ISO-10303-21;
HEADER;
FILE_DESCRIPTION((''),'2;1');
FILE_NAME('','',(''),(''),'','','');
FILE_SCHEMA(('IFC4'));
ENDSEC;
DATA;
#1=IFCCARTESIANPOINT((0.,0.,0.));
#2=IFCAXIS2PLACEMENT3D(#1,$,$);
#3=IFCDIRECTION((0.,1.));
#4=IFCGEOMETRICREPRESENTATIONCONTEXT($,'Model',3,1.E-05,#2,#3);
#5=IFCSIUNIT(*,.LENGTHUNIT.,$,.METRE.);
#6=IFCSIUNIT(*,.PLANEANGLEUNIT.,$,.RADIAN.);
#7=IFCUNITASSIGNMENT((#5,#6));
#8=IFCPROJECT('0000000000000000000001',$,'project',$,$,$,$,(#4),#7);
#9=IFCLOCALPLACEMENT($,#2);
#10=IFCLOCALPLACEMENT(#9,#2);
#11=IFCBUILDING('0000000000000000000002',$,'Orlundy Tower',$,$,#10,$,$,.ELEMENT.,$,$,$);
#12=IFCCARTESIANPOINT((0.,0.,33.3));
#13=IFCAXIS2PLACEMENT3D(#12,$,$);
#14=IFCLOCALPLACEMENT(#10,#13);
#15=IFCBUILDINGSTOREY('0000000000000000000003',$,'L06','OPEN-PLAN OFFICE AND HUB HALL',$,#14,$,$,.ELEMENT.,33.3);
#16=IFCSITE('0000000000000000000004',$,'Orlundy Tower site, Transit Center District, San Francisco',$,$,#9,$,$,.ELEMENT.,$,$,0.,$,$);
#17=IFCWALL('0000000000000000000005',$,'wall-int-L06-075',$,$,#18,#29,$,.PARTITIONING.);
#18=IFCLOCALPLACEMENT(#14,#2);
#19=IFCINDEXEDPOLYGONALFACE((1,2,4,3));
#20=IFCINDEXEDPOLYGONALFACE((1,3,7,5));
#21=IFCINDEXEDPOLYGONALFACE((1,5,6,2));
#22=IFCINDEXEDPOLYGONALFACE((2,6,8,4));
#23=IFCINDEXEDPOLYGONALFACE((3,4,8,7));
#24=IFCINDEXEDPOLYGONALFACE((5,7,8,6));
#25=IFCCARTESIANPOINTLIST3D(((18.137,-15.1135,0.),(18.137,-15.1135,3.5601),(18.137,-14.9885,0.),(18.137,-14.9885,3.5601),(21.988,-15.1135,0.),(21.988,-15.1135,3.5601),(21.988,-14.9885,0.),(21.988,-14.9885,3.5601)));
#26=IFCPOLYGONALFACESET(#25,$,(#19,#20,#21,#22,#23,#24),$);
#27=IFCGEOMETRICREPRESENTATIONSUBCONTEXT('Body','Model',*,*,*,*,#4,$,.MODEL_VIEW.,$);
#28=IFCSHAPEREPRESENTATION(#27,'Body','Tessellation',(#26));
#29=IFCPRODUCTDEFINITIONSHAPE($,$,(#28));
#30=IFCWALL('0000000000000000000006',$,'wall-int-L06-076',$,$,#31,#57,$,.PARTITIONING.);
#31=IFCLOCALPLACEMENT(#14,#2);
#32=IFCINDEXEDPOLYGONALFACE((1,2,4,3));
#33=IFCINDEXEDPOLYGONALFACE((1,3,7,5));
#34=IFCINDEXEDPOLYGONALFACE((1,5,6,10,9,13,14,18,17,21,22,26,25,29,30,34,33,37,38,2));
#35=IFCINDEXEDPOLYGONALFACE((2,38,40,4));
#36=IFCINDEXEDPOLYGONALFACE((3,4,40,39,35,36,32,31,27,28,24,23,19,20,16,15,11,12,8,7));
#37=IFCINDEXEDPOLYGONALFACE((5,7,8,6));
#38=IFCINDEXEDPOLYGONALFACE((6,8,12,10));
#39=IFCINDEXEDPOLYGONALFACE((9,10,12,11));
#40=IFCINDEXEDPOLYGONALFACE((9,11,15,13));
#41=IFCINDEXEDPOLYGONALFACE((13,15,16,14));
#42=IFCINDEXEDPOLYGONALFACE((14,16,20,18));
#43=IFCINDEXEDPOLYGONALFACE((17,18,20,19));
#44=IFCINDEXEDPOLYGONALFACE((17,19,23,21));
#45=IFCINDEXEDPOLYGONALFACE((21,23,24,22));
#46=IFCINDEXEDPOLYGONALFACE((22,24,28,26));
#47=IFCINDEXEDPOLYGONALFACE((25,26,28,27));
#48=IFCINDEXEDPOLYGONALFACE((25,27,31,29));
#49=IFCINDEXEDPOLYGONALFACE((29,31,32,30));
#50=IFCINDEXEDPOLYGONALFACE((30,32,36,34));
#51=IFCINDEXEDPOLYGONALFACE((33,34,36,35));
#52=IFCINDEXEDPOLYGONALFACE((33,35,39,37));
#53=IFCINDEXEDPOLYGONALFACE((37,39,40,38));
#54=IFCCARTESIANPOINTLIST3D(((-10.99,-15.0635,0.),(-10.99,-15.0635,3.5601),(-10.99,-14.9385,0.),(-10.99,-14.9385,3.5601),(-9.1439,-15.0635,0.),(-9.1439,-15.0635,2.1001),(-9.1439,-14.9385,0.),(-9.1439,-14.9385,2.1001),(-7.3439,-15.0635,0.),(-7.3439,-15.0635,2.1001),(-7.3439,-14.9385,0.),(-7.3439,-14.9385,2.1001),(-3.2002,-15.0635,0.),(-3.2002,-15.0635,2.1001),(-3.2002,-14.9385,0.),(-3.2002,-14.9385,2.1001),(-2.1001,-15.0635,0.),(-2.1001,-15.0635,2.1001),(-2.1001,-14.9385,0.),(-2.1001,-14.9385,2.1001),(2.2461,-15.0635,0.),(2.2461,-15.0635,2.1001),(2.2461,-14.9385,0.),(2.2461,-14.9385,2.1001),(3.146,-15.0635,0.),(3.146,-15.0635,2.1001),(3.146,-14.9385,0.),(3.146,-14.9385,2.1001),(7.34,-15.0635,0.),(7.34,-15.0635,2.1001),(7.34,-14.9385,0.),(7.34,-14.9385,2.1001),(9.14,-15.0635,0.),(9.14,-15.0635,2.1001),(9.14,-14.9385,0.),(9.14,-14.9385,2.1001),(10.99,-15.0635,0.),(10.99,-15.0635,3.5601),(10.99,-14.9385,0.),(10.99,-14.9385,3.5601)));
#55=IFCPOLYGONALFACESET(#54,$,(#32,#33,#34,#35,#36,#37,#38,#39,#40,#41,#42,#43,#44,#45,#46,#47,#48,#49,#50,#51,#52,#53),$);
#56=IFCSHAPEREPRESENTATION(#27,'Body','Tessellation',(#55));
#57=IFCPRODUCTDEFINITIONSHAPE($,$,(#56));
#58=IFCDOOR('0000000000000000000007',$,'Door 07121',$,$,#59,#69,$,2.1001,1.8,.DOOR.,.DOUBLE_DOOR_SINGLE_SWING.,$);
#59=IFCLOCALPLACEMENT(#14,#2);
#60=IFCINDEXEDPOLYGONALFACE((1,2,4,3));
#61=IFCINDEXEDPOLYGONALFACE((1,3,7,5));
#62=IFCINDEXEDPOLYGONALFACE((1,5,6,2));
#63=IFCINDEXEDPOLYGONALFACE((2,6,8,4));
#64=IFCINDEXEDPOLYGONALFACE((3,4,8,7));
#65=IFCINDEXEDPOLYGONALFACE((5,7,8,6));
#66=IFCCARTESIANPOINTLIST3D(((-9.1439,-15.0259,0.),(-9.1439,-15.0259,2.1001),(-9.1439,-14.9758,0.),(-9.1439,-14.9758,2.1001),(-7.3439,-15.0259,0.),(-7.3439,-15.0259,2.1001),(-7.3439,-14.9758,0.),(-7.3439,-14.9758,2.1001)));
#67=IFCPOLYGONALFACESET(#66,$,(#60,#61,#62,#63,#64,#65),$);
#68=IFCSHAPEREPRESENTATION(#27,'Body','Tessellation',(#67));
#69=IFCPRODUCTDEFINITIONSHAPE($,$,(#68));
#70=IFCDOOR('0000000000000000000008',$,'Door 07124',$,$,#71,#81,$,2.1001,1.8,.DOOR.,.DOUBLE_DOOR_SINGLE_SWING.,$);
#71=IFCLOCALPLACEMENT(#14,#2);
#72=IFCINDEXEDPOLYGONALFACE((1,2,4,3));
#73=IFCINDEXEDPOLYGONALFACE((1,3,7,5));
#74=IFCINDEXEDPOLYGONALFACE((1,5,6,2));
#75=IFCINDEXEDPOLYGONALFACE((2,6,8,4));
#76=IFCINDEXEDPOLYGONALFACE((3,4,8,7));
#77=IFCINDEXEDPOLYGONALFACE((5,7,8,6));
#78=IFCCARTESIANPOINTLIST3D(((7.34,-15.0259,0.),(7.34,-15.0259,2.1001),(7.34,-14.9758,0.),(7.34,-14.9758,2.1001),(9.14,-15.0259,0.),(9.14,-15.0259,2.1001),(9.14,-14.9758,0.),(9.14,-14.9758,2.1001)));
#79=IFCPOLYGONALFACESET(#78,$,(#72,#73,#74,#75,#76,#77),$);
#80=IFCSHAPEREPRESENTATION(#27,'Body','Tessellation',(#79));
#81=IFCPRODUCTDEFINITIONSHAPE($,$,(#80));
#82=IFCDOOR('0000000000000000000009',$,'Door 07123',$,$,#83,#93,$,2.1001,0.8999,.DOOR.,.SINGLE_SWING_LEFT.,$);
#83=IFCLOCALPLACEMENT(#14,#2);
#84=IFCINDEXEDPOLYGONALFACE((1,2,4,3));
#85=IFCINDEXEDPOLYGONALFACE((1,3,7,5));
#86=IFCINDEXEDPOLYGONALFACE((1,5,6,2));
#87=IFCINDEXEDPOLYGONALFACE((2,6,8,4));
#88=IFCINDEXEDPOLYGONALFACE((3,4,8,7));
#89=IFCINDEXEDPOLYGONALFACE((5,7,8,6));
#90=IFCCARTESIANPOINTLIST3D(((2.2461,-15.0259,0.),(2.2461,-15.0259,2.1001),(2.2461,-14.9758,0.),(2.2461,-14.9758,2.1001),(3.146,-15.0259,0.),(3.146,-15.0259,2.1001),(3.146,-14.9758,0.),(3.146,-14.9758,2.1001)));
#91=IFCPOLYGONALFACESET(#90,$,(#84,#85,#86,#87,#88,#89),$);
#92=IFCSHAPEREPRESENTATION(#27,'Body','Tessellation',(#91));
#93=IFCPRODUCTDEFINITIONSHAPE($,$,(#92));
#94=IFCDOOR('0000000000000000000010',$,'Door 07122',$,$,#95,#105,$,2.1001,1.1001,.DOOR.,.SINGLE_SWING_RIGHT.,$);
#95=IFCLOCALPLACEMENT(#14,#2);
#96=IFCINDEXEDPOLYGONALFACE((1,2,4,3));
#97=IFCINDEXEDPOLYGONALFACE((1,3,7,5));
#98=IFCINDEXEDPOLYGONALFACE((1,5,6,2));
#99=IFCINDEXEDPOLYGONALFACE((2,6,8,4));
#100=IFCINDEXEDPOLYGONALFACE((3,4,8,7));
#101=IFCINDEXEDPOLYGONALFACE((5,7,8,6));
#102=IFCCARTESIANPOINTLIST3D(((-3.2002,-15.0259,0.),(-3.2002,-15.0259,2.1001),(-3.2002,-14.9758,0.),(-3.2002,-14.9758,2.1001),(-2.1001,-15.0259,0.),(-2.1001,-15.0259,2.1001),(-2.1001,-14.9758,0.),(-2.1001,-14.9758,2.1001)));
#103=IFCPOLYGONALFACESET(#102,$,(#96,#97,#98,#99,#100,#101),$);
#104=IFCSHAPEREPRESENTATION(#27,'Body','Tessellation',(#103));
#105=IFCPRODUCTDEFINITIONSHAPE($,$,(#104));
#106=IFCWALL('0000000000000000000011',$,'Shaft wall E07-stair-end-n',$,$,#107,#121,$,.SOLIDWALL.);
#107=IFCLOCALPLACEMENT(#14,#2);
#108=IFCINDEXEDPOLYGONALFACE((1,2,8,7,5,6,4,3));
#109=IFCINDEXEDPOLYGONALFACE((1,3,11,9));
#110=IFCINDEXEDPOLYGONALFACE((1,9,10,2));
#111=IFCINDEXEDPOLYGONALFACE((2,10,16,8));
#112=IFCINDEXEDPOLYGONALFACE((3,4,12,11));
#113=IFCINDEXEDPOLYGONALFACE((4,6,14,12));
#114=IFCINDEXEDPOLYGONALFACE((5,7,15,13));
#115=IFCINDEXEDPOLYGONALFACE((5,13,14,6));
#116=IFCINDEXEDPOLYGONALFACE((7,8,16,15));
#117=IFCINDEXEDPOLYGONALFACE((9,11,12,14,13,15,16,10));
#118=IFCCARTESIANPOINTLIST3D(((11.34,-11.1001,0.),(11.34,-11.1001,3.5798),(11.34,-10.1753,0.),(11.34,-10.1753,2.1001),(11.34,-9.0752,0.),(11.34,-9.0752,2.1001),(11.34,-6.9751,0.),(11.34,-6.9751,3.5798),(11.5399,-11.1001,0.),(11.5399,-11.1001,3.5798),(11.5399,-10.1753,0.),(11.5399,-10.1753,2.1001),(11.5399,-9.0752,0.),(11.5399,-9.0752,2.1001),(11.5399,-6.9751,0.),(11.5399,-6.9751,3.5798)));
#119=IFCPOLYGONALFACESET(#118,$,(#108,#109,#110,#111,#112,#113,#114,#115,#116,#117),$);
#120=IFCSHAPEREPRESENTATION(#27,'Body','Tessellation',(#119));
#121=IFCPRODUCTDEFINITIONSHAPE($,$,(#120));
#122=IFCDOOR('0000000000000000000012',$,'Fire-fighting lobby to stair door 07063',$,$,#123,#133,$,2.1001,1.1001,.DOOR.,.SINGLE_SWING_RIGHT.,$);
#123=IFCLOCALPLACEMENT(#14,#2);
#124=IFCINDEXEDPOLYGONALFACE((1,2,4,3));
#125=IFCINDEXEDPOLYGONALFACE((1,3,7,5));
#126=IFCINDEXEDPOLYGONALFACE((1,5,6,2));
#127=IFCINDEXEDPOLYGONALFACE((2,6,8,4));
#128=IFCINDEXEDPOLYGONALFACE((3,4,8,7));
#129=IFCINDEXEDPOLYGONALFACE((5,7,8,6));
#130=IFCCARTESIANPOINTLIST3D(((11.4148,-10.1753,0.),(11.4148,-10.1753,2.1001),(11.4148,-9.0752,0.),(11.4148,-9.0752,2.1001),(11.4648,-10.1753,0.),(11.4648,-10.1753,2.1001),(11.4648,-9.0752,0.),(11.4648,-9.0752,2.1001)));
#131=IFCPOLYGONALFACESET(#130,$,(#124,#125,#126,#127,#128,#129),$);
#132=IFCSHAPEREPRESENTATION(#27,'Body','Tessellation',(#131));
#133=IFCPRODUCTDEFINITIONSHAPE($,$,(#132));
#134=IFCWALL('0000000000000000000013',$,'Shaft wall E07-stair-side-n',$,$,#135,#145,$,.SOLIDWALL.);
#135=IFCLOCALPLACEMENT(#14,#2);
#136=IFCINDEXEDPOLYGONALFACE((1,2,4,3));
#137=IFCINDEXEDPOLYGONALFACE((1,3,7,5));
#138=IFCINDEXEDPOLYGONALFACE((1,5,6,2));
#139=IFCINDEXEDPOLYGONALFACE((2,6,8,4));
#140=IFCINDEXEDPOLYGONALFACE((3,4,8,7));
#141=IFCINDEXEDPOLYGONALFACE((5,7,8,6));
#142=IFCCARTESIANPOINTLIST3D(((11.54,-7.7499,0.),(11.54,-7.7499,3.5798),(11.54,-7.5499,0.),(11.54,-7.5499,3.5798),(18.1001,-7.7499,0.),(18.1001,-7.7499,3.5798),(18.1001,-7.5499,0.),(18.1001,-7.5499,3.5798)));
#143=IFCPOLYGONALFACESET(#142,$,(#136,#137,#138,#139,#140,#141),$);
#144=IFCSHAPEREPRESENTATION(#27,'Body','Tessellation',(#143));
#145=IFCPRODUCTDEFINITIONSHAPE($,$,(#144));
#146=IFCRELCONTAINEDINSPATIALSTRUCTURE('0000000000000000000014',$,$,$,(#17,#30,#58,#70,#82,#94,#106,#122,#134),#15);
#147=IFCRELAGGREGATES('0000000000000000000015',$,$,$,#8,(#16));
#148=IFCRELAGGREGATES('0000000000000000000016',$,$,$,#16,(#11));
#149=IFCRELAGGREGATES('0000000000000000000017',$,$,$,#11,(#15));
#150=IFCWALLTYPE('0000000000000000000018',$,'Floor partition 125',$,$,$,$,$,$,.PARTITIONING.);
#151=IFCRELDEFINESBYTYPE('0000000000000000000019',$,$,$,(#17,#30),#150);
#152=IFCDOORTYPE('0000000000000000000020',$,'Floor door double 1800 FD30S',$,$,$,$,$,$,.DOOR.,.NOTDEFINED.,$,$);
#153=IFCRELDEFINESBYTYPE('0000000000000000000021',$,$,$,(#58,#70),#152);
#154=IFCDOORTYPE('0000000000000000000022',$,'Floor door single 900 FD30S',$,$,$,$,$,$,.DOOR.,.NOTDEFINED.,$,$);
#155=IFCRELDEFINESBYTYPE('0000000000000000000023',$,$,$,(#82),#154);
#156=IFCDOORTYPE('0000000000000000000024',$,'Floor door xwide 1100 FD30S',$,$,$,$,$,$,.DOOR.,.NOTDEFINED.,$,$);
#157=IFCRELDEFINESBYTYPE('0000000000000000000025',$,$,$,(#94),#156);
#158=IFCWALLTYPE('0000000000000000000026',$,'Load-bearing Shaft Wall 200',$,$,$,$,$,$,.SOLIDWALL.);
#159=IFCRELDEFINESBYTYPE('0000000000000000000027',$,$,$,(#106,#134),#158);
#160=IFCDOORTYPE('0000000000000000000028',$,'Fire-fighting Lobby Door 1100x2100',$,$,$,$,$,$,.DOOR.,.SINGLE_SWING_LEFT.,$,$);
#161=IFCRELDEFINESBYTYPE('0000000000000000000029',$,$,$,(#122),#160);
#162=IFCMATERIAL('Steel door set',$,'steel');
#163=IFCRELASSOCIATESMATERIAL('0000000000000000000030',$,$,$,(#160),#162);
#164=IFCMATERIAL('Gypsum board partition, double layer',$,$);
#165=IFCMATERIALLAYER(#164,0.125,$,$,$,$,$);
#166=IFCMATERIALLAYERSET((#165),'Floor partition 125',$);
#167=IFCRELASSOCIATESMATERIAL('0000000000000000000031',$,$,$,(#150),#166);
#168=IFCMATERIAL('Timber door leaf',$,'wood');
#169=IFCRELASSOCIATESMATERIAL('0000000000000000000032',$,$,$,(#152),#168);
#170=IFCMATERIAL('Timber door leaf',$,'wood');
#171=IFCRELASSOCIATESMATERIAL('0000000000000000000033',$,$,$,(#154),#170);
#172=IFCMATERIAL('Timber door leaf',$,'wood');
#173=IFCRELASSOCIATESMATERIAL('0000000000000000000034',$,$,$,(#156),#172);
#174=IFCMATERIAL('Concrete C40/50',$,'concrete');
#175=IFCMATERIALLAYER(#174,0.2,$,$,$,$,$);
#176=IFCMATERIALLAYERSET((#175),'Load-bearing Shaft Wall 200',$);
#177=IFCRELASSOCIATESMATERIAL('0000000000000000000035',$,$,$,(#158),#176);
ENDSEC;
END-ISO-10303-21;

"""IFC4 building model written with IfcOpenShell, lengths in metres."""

from ifc_helpers import new_model, si_unit, direction, frame, frame_2d, origin, place, context, subcontext, project, spatial, rectangle, extrude, material, layer, layer_set, type_object, element, fill, save


model = new_model("IFC4")

# Units and contexts
model_context = context("Model", 3, precision=1e-05, world=origin(), true_north=direction((0.0, 1.0)))
body_context = subcontext(model_context, "Body", "Model", "MODEL_VIEW")
ifc_project = project(units=[si_unit("LENGTHUNIT", "METRE"), si_unit("PLANEANGLEUNIT", "RADIAN")], contexts=[model_context])

# Site, building, storey
site_placement = place(None, origin())
site = spatial("IfcSite", under=ifc_project, at=site_placement, Name="Orlundy Tower site, Transit Center District, San Francisco", CompositionType="ELEMENT", RefElevation=0.0)
building_placement = place(site_placement, origin())
building = spatial("IfcBuilding", under=site, at=building_placement, Name="Orlundy Tower", CompositionType="ELEMENT")
storey_placement = place(building_placement, frame((0.0, 0.0, 33.3)))
storey = spatial("IfcBuildingStorey", under=building, at=storey_placement, Name="L06", Description="OPEN-PLAN OFFICE AND HUB HALL", CompositionType="ELEMENT", Elevation=33.3)

# Shared definitions
ifc_material_1 = material(Name="Steel door set", Category="steel")
door_type_1 = type_object("IfcDoorType", Name="Fire-fighting Lobby Door 1100x2100", OperationType="SINGLE_SWING_LEFT", PredefinedType="DOOR", material=ifc_material_1)

# Wall
ifc_material_2 = material(Name="Gypsum board partition, double layer")
ifc_layer_1 = layer(ifc_material_2, 0.125)
ifc_layer_set_1 = layer_set([ifc_layer_1], Name="Floor partition 125")
wall_type_1 = type_object("IfcWallType", Name="Floor partition 125", PredefinedType="PARTITIONING", material=ifc_layer_set_1)
wall_1_placement = place(storey_placement, frame((18.137, -15.051, 0.0), z_axis=(0.0, 0.0, 1.0), x_axis=(1.0, 0.0, 0.0)))
element("IfcWall", 1, at=wall_1_placement, inside=storey, type_object=wall_type_1, Name="wall-int-L06-075", PredefinedType="PARTITIONING", context=body_context, shape_type="SweptSolid", body=[
    extrude(rectangle(XDim=3.8511, YDim=0.125, at=frame_2d((1.9255, 0.0))), origin(), (0.0, 0.0, 1.0), 3.5601),
])

# Wall, openings, doors
wall_2_placement = place(storey_placement, frame((10.99, -15.001, 0.0), z_axis=(0.0, 0.0, 1.0), x_axis=(-1.0, 0.0, 0.0)))
wall_2 = element("IfcWall", 2, at=wall_2_placement, inside=storey, type_object=wall_type_1, Name="wall-int-L06-076", PredefinedType="PARTITIONING", context=body_context, shape_type="SweptSolid", body=[
    extrude(rectangle(XDim=21.98, YDim=0.125, at=frame_2d((10.99, 0.0))), origin(), (0.0, 0.0, 1.0), 3.5601),
])
opening_1_placement = place(wall_2_placement, frame((18.334, 0.0, 0.0)))
opening_1 = element("IfcOpeningElement", 3, at=opening_1_placement, cuts=wall_2, PredefinedType="OPENING", context=body_context, shape_type="SweptSolid", body=[
    extrude(rectangle(XDim=1.8, YDim=2.1001, at=frame_2d((0.8999, 1.05))), frame((0.0, 0.0725, 0.0), z_axis=(0.0, -1.0, 0.0), x_axis=(1.0, 0.0, 0.0)), (0.0, 0.0, 1.0), 0.145),
])
opening_2_placement = place(wall_2_placement, frame((13.0901, 0.0, 0.0)))
opening_2 = element("IfcOpeningElement", 4, at=opening_2_placement, cuts=wall_2, PredefinedType="OPENING", context=body_context, shape_type="SweptSolid", body=[
    extrude(rectangle(XDim=1.1001, YDim=2.1001, at=frame_2d((0.55, 1.05))), frame((0.0, 0.0725, 0.0), z_axis=(0.0, -1.0, 0.0), x_axis=(1.0, 0.0, 0.0)), (0.0, 0.0, 1.0), 0.145),
])
opening_3_placement = place(wall_2_placement, frame((7.844, 0.0, 0.0)))
opening_3 = element("IfcOpeningElement", 5, at=opening_3_placement, cuts=wall_2, PredefinedType="OPENING", context=body_context, shape_type="SweptSolid", body=[
    extrude(rectangle(XDim=0.8999, YDim=2.1001, at=frame_2d((0.45, 1.05))), frame((0.0, 0.0725, 0.0), z_axis=(0.0, -1.0, 0.0), x_axis=(1.0, 0.0, 0.0)), (0.0, 0.0, 1.0), 0.145),
])
opening_4_placement = place(wall_2_placement, frame((1.8501, 0.0, 0.0)))
opening_4 = element("IfcOpeningElement", 6, at=opening_4_placement, cuts=wall_2, PredefinedType="OPENING", context=body_context, shape_type="SweptSolid", body=[
    extrude(rectangle(XDim=1.8, YDim=2.1001, at=frame_2d((0.8999, 1.05))), frame((0.0, 0.0725, 0.0), z_axis=(0.0, -1.0, 0.0), x_axis=(1.0, 0.0, 0.0)), (0.0, 0.0, 1.0), 0.145),
])
ifc_material_3 = material(Name="Timber door leaf", Category="wood")
door_type_2 = type_object("IfcDoorType", Name="Floor door double 1800 FD30S", OperationType="NOTDEFINED", PredefinedType="DOOR", material=ifc_material_3)
door_1_placement = place(opening_1_placement, origin())
door_1 = element("IfcDoor", 7, at=door_1_placement, inside=storey, type_object=door_type_2, Name="Door 07121", OperationType="DOUBLE_DOOR_SINGLE_SWING", OverallHeight=2.1001, OverallWidth=1.8, PredefinedType="DOOR", context=body_context, shape_type="SweptSolid", body=[
    extrude(rectangle(XDim=1.8, YDim=2.1001, at=frame_2d((0.8999, 1.05))), frame((0.0, 0.0249, 0.0), z_axis=(0.0, -1.0, 0.0), x_axis=(1.0, 0.0, 0.0)), (0.0, 0.0, 1.0), 0.05),
])
fill(opening_1, door_1)
door_2_placement = place(opening_4_placement, origin())
door_2 = element("IfcDoor", 8, at=door_2_placement, inside=storey, type_object=door_type_2, Name="Door 07124", OperationType="DOUBLE_DOOR_SINGLE_SWING", OverallHeight=2.1001, OverallWidth=1.8, PredefinedType="DOOR", context=body_context, shape_type="SweptSolid", body=[
    extrude(rectangle(XDim=1.8, YDim=2.1001, at=frame_2d((0.8999, 1.05))), frame((0.0, 0.0249, 0.0), z_axis=(0.0, -1.0, 0.0), x_axis=(1.0, 0.0, 0.0)), (0.0, 0.0, 1.0), 0.05),
])
fill(opening_4, door_2)
ifc_material_4 = material(Name="Timber door leaf", Category="wood")
door_type_3 = type_object("IfcDoorType", Name="Floor door single 900 FD30S", OperationType="NOTDEFINED", PredefinedType="DOOR", material=ifc_material_4)
door_3_placement = place(opening_3_placement, origin())
door_3 = element("IfcDoor", 9, at=door_3_placement, inside=storey, type_object=door_type_3, Name="Door 07123", OperationType="SINGLE_SWING_LEFT", OverallHeight=2.1001, OverallWidth=0.8999, PredefinedType="DOOR", context=body_context, shape_type="SweptSolid", body=[
    extrude(rectangle(XDim=0.8999, YDim=2.1001, at=frame_2d((0.45, 1.05))), frame((0.0, 0.0249, 0.0), z_axis=(0.0, -1.0, 0.0), x_axis=(1.0, 0.0, 0.0)), (0.0, 0.0, 1.0), 0.05),
])
fill(opening_3, door_3)
ifc_material_5 = material(Name="Timber door leaf", Category="wood")
door_type_4 = type_object("IfcDoorType", Name="Floor door xwide 1100 FD30S", OperationType="NOTDEFINED", PredefinedType="DOOR", material=ifc_material_5)
door_4_placement = place(opening_2_placement, origin())
door_4 = element("IfcDoor", 10, at=door_4_placement, inside=storey, type_object=door_type_4, Name="Door 07122", OperationType="SINGLE_SWING_RIGHT", OverallHeight=2.1001, OverallWidth=1.1001, PredefinedType="DOOR", context=body_context, shape_type="SweptSolid", body=[
    extrude(rectangle(XDim=1.1001, YDim=2.1001, at=frame_2d((0.55, 1.05))), frame((0.0, 0.0249, 0.0), z_axis=(0.0, -1.0, 0.0), x_axis=(1.0, 0.0, 0.0)), (0.0, 0.0, 1.0), 0.05),
])
fill(opening_2, door_4)

# Wall, opening, door
ifc_material_6 = material(Name="Concrete C40/50", Category="concrete")
ifc_layer_2 = layer(ifc_material_6, 0.2)
ifc_layer_set_2 = layer_set([ifc_layer_2], Name="Load-bearing Shaft Wall 200")
wall_type_2 = type_object("IfcWallType", Name="Load-bearing Shaft Wall 200", PredefinedType="SOLIDWALL", material=ifc_layer_set_2)
wall_3_placement = place(storey_placement, frame((11.4399, -6.9751, 0.0), z_axis=(0.0, 0.0, 1.0), x_axis=(0.0, -1.0, 0.0)))
wall_3 = element("IfcWall", 11, at=wall_3_placement, inside=storey, type_object=wall_type_2, Name="Shaft wall E07-stair-end-n", PredefinedType="SOLIDWALL", context=body_context, shape_type="SweptSolid", body=[
    extrude(rectangle(XDim=4.125, YDim=0.2, at=frame_2d((2.0625, 0.0))), origin(), (0.0, 0.0, 1.0), 3.5798),
])
opening_5_placement = place(wall_3_placement, frame((2.1001, 0.0, 0.0)))
opening_5 = element("IfcOpeningElement", 12, at=opening_5_placement, cuts=wall_3, PredefinedType="OPENING", context=body_context, shape_type="SweptSolid", body=[
    extrude(rectangle(XDim=1.1001, YDim=2.1001, at=frame_2d((0.55, 1.05))), frame((0.0, 0.1101, 0.0), z_axis=(0.0, -1.0, 0.0), x_axis=(1.0, 0.0, 0.0)), (0.0, 0.0, 1.0), 0.2202),
])
door_5_placement = place(opening_5_placement, origin())
door_5 = element("IfcDoor", 13, at=door_5_placement, inside=storey, type_object=door_type_1, Name="Fire-fighting lobby to stair door 07063", OperationType="SINGLE_SWING_RIGHT", OverallHeight=2.1001, OverallWidth=1.1001, PredefinedType="DOOR", context=body_context, shape_type="SweptSolid", body=[
    extrude(rectangle(XDim=1.1001, YDim=2.1001, at=frame_2d((0.55, 1.05))), frame((0.0, 0.0249, 0.0), z_axis=(0.0, -1.0, 0.0), x_axis=(1.0, 0.0, 0.0)), (0.0, 0.0, 1.0), 0.05),
])
fill(opening_5, door_5)

# Wall
wall_4_placement = place(storey_placement, frame((11.54, -7.6499, 0.0), z_axis=(0.0, 0.0, 1.0), x_axis=(1.0, 0.0, 0.0)))
element("IfcWall", 14, at=wall_4_placement, inside=storey, type_object=wall_type_2, Name="Shaft wall E07-stair-side-n", PredefinedType="SOLIDWALL", context=body_context, shape_type="SweptSolid", body=[
    extrude(rectangle(XDim=6.5601, YDim=0.2, at=frame_2d((3.28, 0.0))), origin(), (0.0, 0.0, 1.0), 3.5798),
])

save(model, "model.ifc")
